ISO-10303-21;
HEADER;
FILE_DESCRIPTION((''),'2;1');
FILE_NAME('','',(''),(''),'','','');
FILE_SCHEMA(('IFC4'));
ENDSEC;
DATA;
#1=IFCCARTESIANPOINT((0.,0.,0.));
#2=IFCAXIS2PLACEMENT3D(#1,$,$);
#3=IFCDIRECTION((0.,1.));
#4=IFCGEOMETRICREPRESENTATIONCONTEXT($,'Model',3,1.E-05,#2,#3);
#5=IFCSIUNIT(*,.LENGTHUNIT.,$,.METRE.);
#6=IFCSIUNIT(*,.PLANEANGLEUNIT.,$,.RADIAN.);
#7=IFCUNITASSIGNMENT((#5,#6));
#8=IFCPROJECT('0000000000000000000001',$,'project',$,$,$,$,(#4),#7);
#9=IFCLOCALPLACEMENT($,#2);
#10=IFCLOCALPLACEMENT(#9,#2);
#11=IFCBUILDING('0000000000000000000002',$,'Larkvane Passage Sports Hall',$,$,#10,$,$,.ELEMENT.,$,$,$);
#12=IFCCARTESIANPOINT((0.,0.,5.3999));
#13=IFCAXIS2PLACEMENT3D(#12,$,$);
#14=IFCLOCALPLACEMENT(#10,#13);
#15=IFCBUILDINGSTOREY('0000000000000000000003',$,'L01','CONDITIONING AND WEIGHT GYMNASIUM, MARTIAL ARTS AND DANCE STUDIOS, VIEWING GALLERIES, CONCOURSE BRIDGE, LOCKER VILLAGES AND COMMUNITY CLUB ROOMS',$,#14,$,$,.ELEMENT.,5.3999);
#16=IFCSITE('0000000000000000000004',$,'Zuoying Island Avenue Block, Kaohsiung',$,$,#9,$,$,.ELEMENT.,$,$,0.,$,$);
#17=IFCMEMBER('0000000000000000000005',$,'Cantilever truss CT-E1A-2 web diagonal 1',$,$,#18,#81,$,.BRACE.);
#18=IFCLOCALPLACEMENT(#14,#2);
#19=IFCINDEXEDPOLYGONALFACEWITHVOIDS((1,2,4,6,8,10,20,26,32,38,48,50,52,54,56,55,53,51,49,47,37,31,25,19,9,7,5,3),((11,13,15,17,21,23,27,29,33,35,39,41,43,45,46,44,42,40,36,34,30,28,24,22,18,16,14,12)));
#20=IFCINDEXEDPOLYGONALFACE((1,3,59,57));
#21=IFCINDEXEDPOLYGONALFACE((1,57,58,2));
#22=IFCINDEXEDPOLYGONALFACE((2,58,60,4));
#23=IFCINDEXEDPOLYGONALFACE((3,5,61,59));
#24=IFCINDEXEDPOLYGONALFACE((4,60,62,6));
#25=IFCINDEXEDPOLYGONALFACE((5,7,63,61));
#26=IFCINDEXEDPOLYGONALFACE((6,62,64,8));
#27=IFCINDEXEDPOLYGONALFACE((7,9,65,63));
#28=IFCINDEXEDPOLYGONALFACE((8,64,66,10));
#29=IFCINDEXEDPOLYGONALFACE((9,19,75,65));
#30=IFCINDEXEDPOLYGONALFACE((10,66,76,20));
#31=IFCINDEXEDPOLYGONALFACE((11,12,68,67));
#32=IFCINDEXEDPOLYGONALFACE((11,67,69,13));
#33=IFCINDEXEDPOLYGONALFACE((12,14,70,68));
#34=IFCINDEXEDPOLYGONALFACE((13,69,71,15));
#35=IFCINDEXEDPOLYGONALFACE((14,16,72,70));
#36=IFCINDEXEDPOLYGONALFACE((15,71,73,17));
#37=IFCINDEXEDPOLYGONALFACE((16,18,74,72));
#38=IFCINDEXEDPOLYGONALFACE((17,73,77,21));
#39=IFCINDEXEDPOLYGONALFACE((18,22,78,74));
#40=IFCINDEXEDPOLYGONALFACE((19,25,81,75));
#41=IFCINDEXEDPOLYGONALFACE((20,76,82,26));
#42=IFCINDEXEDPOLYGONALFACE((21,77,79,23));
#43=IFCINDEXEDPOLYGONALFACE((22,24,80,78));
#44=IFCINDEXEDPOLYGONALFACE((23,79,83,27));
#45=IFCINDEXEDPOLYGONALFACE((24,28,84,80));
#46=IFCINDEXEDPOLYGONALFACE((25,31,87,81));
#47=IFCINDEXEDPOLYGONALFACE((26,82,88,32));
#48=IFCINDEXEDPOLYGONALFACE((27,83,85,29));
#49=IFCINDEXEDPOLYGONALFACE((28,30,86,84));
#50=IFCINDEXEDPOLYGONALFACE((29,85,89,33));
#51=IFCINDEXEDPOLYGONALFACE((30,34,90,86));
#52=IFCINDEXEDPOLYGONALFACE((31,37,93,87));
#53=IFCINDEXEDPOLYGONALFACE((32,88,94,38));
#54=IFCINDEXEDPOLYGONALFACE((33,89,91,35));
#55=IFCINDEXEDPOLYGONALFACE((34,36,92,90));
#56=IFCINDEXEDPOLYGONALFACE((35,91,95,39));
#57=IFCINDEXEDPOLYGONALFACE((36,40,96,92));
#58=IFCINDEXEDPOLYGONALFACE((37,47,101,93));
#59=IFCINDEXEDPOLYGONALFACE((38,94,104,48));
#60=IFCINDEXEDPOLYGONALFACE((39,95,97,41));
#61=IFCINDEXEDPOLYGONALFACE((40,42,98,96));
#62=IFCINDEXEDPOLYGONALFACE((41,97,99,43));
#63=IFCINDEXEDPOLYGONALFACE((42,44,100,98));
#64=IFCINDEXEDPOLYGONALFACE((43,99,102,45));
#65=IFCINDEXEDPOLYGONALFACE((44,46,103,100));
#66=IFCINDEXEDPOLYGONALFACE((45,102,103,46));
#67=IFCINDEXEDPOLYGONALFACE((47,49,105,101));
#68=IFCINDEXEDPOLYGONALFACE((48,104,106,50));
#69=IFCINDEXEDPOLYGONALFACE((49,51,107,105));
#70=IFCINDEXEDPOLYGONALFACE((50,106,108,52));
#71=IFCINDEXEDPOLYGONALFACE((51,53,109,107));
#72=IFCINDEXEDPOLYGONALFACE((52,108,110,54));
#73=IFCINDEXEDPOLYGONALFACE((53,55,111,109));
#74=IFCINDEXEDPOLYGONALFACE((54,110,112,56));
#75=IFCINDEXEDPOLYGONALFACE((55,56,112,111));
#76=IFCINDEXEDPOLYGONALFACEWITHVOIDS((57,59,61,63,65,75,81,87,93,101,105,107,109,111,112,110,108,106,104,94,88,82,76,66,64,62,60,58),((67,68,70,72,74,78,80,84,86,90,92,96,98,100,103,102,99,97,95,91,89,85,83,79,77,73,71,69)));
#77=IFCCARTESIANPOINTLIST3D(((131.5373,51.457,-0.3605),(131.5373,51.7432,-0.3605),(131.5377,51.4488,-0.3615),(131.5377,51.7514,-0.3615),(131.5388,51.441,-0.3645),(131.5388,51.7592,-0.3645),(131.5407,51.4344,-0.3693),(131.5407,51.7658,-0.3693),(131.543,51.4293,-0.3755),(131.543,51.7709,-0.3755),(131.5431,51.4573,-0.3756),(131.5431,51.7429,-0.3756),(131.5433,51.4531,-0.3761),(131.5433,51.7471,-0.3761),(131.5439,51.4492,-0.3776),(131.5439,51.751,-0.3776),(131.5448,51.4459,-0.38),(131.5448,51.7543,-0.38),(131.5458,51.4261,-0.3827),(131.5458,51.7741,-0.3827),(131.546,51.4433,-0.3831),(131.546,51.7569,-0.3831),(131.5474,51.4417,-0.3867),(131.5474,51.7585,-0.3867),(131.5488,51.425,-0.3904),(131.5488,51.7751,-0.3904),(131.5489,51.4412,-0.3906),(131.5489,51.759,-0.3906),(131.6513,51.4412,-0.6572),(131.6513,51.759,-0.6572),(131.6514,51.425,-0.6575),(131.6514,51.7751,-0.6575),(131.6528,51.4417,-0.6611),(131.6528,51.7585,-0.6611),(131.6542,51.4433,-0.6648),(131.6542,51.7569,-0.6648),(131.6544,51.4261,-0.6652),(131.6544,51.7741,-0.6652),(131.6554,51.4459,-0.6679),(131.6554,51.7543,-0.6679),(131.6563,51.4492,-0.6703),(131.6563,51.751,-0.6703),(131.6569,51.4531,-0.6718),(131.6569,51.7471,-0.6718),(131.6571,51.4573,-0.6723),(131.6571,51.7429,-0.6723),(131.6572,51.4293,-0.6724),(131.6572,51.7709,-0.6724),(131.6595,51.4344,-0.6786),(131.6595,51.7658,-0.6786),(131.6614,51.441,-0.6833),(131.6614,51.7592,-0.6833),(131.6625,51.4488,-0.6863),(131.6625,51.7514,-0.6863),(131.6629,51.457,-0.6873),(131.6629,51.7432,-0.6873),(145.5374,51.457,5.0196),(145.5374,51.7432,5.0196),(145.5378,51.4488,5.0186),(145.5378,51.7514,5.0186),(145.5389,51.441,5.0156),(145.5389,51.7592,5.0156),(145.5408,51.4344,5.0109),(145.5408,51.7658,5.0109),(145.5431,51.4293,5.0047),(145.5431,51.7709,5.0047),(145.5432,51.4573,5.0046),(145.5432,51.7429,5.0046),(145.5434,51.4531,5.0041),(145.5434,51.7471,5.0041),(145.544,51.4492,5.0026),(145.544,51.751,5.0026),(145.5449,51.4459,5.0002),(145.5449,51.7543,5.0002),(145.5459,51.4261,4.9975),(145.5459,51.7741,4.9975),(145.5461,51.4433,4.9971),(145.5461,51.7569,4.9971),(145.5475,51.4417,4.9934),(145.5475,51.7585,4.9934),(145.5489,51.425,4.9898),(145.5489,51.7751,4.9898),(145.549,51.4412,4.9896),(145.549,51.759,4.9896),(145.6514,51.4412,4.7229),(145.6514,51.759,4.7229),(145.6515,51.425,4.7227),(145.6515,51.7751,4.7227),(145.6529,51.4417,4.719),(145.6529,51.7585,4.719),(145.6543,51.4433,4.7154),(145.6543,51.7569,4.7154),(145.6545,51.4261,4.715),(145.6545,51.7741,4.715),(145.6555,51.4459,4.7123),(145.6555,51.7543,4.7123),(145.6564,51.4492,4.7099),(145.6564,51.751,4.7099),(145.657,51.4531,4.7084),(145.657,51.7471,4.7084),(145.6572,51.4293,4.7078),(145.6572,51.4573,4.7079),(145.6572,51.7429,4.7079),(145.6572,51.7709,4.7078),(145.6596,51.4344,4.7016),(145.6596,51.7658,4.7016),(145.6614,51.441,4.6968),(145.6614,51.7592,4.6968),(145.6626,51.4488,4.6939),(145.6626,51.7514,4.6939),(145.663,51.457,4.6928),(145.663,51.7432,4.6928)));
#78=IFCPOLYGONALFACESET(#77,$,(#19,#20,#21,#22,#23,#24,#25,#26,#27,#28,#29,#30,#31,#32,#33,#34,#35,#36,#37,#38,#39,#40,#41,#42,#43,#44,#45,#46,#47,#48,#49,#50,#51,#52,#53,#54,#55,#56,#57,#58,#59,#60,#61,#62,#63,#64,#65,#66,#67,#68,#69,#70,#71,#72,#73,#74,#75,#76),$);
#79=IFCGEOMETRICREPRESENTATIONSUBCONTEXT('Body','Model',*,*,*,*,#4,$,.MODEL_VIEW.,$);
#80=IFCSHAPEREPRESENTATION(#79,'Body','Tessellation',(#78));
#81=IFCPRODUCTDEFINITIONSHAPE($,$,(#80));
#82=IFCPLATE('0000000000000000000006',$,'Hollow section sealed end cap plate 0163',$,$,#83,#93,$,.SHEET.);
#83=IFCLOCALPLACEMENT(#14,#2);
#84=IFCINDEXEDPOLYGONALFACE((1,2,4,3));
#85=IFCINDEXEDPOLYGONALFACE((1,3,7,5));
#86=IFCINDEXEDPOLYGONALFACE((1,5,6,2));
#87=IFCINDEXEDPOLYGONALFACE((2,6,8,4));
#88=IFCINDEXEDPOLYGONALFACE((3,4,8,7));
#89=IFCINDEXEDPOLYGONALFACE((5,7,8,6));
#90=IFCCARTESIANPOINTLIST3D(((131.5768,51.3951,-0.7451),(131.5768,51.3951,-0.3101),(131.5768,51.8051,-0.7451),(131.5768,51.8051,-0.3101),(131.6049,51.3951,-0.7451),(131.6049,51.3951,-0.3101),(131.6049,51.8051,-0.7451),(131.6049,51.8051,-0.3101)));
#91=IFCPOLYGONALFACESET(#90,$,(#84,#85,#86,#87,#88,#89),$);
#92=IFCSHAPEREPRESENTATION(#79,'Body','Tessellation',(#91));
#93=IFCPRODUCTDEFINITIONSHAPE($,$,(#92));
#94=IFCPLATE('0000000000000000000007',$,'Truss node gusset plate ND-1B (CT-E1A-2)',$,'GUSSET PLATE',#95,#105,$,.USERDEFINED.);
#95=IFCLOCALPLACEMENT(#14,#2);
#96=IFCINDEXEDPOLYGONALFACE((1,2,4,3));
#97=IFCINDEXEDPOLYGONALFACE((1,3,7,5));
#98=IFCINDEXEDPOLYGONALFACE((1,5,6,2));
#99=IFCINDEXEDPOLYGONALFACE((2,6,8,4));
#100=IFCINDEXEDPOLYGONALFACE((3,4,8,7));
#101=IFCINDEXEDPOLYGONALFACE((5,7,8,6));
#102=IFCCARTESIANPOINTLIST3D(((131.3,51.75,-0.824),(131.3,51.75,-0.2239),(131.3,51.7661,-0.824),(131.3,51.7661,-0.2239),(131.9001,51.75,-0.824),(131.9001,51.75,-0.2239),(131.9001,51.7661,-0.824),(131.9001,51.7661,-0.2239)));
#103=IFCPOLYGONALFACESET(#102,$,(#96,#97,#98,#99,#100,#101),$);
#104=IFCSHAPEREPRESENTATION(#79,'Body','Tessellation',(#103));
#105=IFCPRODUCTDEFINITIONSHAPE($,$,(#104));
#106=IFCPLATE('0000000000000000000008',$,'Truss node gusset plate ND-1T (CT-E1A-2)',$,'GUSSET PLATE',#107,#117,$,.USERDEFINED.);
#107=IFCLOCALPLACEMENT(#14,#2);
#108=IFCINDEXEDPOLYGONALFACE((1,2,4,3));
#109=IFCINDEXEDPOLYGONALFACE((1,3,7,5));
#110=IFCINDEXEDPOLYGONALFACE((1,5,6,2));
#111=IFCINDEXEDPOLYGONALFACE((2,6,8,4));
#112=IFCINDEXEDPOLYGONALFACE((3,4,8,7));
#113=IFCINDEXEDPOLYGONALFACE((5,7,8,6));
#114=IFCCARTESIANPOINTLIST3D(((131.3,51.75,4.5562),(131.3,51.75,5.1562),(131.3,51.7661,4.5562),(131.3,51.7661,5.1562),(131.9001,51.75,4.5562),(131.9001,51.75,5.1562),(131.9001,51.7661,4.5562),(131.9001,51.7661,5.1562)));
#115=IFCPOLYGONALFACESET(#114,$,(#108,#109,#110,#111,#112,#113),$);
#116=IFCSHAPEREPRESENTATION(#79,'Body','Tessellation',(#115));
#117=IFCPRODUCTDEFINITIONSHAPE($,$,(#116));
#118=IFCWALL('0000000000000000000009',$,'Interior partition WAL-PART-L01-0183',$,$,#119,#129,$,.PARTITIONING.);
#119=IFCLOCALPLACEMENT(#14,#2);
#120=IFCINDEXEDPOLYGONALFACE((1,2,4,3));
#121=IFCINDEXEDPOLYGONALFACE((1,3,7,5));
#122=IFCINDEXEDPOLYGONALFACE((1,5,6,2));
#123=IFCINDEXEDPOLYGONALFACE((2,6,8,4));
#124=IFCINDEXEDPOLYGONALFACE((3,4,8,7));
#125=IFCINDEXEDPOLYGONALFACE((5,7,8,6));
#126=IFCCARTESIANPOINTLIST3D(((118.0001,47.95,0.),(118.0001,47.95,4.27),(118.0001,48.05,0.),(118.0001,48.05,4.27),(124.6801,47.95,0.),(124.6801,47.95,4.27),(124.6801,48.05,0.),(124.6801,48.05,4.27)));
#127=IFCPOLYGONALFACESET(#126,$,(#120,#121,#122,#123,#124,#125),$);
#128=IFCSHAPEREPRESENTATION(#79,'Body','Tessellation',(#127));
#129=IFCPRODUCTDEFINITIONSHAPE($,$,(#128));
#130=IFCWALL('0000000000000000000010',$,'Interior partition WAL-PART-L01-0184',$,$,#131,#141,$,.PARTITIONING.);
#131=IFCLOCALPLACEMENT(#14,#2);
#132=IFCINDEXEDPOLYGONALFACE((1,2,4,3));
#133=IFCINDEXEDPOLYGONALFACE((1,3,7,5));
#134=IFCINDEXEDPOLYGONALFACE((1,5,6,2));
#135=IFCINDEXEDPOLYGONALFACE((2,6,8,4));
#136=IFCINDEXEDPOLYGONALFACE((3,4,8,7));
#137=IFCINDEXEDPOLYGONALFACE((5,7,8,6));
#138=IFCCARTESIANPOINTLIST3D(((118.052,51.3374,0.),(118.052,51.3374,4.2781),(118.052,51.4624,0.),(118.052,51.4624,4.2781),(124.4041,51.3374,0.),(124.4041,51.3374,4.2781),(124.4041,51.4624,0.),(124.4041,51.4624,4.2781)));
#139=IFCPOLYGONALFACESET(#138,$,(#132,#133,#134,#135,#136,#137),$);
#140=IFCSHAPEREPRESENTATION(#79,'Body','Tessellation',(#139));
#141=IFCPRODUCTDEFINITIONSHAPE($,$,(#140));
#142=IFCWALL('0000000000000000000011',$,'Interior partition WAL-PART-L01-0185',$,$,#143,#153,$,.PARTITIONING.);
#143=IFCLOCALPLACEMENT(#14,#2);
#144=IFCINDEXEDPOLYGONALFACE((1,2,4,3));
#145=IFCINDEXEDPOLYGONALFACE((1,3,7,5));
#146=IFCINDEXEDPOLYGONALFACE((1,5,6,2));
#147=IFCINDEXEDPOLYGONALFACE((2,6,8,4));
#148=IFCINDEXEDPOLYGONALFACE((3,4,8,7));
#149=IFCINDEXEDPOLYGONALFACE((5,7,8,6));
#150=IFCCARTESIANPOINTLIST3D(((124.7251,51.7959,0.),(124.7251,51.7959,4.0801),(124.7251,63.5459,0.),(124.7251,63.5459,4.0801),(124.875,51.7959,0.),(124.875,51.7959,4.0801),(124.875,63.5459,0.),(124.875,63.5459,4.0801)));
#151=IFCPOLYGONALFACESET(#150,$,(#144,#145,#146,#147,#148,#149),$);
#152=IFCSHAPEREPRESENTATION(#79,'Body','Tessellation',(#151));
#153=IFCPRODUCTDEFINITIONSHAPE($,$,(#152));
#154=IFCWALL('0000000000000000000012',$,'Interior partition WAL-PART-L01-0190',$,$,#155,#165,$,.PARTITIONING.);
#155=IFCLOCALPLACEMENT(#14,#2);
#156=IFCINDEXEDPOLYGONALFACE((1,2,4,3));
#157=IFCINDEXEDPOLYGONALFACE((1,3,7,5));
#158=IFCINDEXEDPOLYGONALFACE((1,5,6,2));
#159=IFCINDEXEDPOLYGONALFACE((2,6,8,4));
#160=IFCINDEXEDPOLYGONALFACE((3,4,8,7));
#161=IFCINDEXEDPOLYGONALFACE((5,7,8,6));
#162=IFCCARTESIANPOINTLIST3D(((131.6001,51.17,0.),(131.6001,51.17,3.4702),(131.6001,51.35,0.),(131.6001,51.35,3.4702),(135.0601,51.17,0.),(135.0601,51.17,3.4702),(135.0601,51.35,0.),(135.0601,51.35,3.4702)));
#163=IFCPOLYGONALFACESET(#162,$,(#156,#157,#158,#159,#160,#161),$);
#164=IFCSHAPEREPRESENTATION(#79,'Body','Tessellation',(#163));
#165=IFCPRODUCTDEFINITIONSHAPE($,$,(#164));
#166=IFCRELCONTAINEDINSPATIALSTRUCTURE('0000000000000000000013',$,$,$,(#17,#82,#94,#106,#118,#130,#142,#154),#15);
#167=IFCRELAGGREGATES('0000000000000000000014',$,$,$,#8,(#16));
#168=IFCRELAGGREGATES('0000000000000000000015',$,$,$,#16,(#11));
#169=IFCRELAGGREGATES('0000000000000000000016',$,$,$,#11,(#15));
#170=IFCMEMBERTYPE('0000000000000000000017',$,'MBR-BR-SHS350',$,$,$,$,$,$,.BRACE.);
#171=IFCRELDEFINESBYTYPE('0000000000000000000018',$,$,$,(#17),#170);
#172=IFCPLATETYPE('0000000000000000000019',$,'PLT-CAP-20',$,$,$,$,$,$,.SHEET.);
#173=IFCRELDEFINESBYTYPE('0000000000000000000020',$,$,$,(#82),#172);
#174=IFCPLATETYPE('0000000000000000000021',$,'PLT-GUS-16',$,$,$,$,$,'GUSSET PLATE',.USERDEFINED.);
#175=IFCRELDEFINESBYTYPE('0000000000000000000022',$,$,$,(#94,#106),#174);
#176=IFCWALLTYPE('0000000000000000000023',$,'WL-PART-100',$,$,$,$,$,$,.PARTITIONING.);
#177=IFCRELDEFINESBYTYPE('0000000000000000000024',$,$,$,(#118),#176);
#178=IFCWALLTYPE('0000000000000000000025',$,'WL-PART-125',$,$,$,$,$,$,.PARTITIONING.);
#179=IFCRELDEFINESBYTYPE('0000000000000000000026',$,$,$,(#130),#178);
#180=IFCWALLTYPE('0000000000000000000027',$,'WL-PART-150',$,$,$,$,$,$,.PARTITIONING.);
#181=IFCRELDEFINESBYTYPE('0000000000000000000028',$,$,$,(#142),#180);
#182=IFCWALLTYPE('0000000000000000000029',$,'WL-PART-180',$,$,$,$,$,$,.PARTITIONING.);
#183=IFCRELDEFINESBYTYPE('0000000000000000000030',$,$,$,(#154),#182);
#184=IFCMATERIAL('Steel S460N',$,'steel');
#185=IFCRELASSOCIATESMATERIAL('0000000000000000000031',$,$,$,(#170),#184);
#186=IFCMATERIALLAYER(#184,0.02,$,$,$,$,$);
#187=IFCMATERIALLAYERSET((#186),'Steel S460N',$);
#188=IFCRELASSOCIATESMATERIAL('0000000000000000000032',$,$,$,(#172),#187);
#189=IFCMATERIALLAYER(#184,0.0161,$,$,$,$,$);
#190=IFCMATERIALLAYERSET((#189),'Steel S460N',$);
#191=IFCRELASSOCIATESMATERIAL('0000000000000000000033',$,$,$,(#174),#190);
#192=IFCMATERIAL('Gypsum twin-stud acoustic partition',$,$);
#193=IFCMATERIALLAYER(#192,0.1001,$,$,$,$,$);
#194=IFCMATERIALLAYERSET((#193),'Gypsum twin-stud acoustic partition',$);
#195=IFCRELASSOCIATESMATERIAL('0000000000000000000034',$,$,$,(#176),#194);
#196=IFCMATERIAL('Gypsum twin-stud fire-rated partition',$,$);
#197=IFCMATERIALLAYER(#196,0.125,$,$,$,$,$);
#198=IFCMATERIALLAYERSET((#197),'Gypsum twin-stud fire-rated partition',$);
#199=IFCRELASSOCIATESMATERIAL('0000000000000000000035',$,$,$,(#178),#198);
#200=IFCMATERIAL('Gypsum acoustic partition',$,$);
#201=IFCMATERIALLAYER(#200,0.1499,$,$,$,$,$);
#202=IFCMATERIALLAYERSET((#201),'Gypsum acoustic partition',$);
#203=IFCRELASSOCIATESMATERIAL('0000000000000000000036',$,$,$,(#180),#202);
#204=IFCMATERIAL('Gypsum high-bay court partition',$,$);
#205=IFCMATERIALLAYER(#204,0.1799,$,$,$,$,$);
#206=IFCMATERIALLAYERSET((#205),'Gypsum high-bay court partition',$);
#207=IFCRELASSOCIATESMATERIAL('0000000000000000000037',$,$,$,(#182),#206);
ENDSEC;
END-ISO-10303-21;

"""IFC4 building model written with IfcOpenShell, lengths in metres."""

from ifc_helpers import new_model, si_unit, direction, frame, frame_2d, origin, origin_2d, place, context, subcontext, project, spatial, rectangle, hollow_rectangle, extrude, material, layer, layer_set, material_profile, profile_set, type_object, element, save


model = new_model("IFC4")

# Units and contexts
model_context = context("Model", 3, precision=1e-05, world=origin(), true_north=direction((0.0, 1.0)))
body_context = subcontext(model_context, "Body", "Model", "MODEL_VIEW")
ifc_project = project(units=[si_unit("LENGTHUNIT", "METRE"), si_unit("PLANEANGLEUNIT", "RADIAN")], contexts=[model_context])

# Site, building, storey
site_placement = place(None, origin())
site = spatial("IfcSite", under=ifc_project, at=site_placement, Name="Zuoying Island Avenue Block, Kaohsiung", CompositionType="ELEMENT", RefElevation=0.0)
building_placement = place(site_placement, origin())
building = spatial("IfcBuilding", under=site, at=building_placement, Name="Larkvane Passage Sports Hall", CompositionType="ELEMENT")
storey_placement = place(building_placement, frame((0.0, 0.0, 5.3999)))
storey = spatial("IfcBuildingStorey", under=building, at=storey_placement, Name="L01", Description="CONDITIONING AND WEIGHT GYMNASIUM, MARTIAL ARTS AND DANCE STUDIOS, VIEWING GALLERIES, CONCOURSE BRIDGE, LOCKER VILLAGES AND COMMUNITY CLUB ROOMS", CompositionType="ELEMENT", Elevation=5.3999)

# Shared definitions
ifc_material_1 = material(Name="Steel S460N", Category="steel")

# Member
ifc_material_profile_1 = material_profile(ifc_material_1, hollow_rectangle(XDim=0.3501, YDim=0.3501, WallThickness=0.0161, InnerFilletRadius=0.0161, OuterFilletRadius=0.032, at=origin_2d()), Name="SHS-350x350x16")
ifc_profile_set_1 = profile_set([ifc_material_profile_1], Name="Steel S460N")
member_type = type_object("IfcMemberType", Name="MBR-BR-SHS350", PredefinedType="BRACE", material=ifc_profile_set_1)
member_placement = place(storey_placement, frame((131.6001, 51.6001, -0.5239), z_axis=(0.933446, 0.0, 0.358718), x_axis=(0.0, 1.0, 0.0)))
element("IfcMember", 1, at=member_placement, inside=storey, type_object=member_type, Name="Cantilever truss CT-E1A-2 web diagonal 1", PredefinedType="BRACE", context=body_context, shape_type="SweptSolid", body=[
    extrude(hollow_rectangle(XDim=0.3501, YDim=0.3501, WallThickness=0.0161, InnerFilletRadius=0.0161, OuterFilletRadius=0.032, at=origin_2d()), origin(), (0.0, 0.0, 1.0), 14.9983),
])

# Plates
ifc_layer_1 = layer(ifc_material_1, 0.02)
ifc_layer_set_1 = layer_set([ifc_layer_1], Name="Steel S460N")
plate_type_1 = type_object("IfcPlateType", Name="PLT-CAP-20", PredefinedType="SHEET", material=ifc_layer_set_1)
plate_placement = place(storey_placement, frame((131.5908, 51.6001, -0.7451), z_axis=(0.0, 0.0, 1.0), x_axis=(0.0, 1.0, 0.0)))
element("IfcPlate", 2, at=plate_placement, inside=storey, type_object=plate_type_1, Name="Hollow section sealed end cap plate 0163", PredefinedType="SHEET", context=body_context, shape_type="SweptSolid", body=[
    extrude(rectangle(XDim=0.4099, YDim=0.0281, at=origin_2d()), origin(), (0.0, 0.0, 1.0), 0.4351),
])
ifc_layer_2 = layer(ifc_material_1, 0.0161)
ifc_layer_set_2 = layer_set([ifc_layer_2], Name="Steel S460N")
plate_type_2 = type_object("IfcPlateType", Name="PLT-GUS-16", ElementType="GUSSET PLATE", PredefinedType="USERDEFINED", material=ifc_layer_set_2)
for number, where, z_axis, x_axis, name in (
    (3, (131.6001, 51.7581, -0.824), (0.0, 0.0, 1.0), (1.0, 0.0, 0.0), "Truss node gusset plate ND-1B (CT-E1A-2)"),
    (4, (131.6001, 51.7581, 4.5562), (0.0, 0.0, 1.0), (1.0, 0.0, 0.0), "Truss node gusset plate ND-1T (CT-E1A-2)"),
):
    element("IfcPlate", number, at=place(storey_placement, frame(where, z_axis=z_axis, x_axis=x_axis)), inside=storey, type_object=plate_type_2, Name=name, ObjectType="GUSSET PLATE", PredefinedType="USERDEFINED", context=body_context, shape_type="SweptSolid", body=[
        extrude(rectangle(XDim=0.6001, YDim=0.0161, at=origin_2d()), origin(), (0.0, 0.0, 1.0), 0.6001),
    ])

# Walls
ifc_material_2 = material(Name="Gypsum twin-stud acoustic partition")
ifc_layer_3 = layer(ifc_material_2, 0.1001)
ifc_layer_set_3 = layer_set([ifc_layer_3], Name="Gypsum twin-stud acoustic partition")
wall_type_1 = type_object("IfcWallType", Name="WL-PART-100", PredefinedType="PARTITIONING", material=ifc_layer_set_3)
wall_1_placement = place(storey_placement, frame((124.6799, 48.0, 0.0), z_axis=(0.0, 0.0, 1.0), x_axis=(-1.0, 0.0, 0.0)))
element("IfcWall", 5, at=wall_1_placement, inside=storey, type_object=wall_type_1, Name="Interior partition WAL-PART-L01-0183", PredefinedType="PARTITIONING", context=body_context, shape_type="SweptSolid", body=[
    extrude(rectangle(XDim=6.6799, YDim=0.1001, at=frame_2d((3.3398, 0.0))), origin(), (0.0, 0.0, 1.0), 4.27),
])
ifc_material_3 = material(Name="Gypsum twin-stud fire-rated partition")
ifc_layer_4 = layer(ifc_material_3, 0.125)
ifc_layer_set_4 = layer_set([ifc_layer_4], Name="Gypsum twin-stud fire-rated partition")
wall_type_2 = type_object("IfcWallType", Name="WL-PART-125", PredefinedType="PARTITIONING", material=ifc_layer_set_4)
wall_2_placement = place(storey_placement, frame((118.052, 51.3999, 0.0), z_axis=(0.0, 0.0, 1.0), x_axis=(1.0, 0.0, 0.0)))
element("IfcWall", 6, at=wall_2_placement, inside=storey, type_object=wall_type_2, Name="Interior partition WAL-PART-L01-0184", PredefinedType="PARTITIONING", context=body_context, shape_type="SweptSolid", body=[
    extrude(rectangle(XDim=6.3521, YDim=0.125, at=frame_2d((3.176, 0.0))), origin(), (0.0, 0.0, 1.0), 4.2781),
])
ifc_material_4 = material(Name="Gypsum acoustic partition")
ifc_layer_5 = layer(ifc_material_4, 0.1499)
ifc_layer_set_5 = layer_set([ifc_layer_5], Name="Gypsum acoustic partition")
wall_type_3 = type_object("IfcWallType", Name="WL-PART-150", PredefinedType="PARTITIONING", material=ifc_layer_set_5)
wall_3_placement = place(storey_placement, frame((124.8, 51.7959, 0.0), z_axis=(0.0, 0.0, 1.0), x_axis=(0.0, 1.0, 0.0)))
element("IfcWall", 7, at=wall_3_placement, inside=storey, type_object=wall_type_3, Name="Interior partition WAL-PART-L01-0185", PredefinedType="PARTITIONING", context=body_context, shape_type="SweptSolid", body=[
    extrude(rectangle(XDim=11.75, YDim=0.1499, at=frame_2d((5.875, 0.0))), origin(), (0.0, 0.0, 1.0), 4.0801),
])
ifc_material_5 = material(Name="Gypsum high-bay court partition")
ifc_layer_6 = layer(ifc_material_5, 0.1799)
ifc_layer_set_6 = layer_set([ifc_layer_6], Name="Gypsum high-bay court partition")
wall_type_4 = type_object("IfcWallType", Name="WL-PART-180", PredefinedType="PARTITIONING", material=ifc_layer_set_6)
wall_4_placement = place(storey_placement, frame((131.6001, 51.26, 0.0), z_axis=(0.0, 0.0, 1.0), x_axis=(1.0, 0.0, 0.0)))
element("IfcWall", 8, at=wall_4_placement, inside=storey, type_object=wall_type_4, Name="Interior partition WAL-PART-L01-0190", PredefinedType="PARTITIONING", context=body_context, shape_type="SweptSolid", body=[
    extrude(rectangle(XDim=3.46, YDim=0.1799, at=frame_2d((1.73, 0.0))), origin(), (0.0, 0.0, 1.0), 3.4702),
])

save(model, "model.ifc")
